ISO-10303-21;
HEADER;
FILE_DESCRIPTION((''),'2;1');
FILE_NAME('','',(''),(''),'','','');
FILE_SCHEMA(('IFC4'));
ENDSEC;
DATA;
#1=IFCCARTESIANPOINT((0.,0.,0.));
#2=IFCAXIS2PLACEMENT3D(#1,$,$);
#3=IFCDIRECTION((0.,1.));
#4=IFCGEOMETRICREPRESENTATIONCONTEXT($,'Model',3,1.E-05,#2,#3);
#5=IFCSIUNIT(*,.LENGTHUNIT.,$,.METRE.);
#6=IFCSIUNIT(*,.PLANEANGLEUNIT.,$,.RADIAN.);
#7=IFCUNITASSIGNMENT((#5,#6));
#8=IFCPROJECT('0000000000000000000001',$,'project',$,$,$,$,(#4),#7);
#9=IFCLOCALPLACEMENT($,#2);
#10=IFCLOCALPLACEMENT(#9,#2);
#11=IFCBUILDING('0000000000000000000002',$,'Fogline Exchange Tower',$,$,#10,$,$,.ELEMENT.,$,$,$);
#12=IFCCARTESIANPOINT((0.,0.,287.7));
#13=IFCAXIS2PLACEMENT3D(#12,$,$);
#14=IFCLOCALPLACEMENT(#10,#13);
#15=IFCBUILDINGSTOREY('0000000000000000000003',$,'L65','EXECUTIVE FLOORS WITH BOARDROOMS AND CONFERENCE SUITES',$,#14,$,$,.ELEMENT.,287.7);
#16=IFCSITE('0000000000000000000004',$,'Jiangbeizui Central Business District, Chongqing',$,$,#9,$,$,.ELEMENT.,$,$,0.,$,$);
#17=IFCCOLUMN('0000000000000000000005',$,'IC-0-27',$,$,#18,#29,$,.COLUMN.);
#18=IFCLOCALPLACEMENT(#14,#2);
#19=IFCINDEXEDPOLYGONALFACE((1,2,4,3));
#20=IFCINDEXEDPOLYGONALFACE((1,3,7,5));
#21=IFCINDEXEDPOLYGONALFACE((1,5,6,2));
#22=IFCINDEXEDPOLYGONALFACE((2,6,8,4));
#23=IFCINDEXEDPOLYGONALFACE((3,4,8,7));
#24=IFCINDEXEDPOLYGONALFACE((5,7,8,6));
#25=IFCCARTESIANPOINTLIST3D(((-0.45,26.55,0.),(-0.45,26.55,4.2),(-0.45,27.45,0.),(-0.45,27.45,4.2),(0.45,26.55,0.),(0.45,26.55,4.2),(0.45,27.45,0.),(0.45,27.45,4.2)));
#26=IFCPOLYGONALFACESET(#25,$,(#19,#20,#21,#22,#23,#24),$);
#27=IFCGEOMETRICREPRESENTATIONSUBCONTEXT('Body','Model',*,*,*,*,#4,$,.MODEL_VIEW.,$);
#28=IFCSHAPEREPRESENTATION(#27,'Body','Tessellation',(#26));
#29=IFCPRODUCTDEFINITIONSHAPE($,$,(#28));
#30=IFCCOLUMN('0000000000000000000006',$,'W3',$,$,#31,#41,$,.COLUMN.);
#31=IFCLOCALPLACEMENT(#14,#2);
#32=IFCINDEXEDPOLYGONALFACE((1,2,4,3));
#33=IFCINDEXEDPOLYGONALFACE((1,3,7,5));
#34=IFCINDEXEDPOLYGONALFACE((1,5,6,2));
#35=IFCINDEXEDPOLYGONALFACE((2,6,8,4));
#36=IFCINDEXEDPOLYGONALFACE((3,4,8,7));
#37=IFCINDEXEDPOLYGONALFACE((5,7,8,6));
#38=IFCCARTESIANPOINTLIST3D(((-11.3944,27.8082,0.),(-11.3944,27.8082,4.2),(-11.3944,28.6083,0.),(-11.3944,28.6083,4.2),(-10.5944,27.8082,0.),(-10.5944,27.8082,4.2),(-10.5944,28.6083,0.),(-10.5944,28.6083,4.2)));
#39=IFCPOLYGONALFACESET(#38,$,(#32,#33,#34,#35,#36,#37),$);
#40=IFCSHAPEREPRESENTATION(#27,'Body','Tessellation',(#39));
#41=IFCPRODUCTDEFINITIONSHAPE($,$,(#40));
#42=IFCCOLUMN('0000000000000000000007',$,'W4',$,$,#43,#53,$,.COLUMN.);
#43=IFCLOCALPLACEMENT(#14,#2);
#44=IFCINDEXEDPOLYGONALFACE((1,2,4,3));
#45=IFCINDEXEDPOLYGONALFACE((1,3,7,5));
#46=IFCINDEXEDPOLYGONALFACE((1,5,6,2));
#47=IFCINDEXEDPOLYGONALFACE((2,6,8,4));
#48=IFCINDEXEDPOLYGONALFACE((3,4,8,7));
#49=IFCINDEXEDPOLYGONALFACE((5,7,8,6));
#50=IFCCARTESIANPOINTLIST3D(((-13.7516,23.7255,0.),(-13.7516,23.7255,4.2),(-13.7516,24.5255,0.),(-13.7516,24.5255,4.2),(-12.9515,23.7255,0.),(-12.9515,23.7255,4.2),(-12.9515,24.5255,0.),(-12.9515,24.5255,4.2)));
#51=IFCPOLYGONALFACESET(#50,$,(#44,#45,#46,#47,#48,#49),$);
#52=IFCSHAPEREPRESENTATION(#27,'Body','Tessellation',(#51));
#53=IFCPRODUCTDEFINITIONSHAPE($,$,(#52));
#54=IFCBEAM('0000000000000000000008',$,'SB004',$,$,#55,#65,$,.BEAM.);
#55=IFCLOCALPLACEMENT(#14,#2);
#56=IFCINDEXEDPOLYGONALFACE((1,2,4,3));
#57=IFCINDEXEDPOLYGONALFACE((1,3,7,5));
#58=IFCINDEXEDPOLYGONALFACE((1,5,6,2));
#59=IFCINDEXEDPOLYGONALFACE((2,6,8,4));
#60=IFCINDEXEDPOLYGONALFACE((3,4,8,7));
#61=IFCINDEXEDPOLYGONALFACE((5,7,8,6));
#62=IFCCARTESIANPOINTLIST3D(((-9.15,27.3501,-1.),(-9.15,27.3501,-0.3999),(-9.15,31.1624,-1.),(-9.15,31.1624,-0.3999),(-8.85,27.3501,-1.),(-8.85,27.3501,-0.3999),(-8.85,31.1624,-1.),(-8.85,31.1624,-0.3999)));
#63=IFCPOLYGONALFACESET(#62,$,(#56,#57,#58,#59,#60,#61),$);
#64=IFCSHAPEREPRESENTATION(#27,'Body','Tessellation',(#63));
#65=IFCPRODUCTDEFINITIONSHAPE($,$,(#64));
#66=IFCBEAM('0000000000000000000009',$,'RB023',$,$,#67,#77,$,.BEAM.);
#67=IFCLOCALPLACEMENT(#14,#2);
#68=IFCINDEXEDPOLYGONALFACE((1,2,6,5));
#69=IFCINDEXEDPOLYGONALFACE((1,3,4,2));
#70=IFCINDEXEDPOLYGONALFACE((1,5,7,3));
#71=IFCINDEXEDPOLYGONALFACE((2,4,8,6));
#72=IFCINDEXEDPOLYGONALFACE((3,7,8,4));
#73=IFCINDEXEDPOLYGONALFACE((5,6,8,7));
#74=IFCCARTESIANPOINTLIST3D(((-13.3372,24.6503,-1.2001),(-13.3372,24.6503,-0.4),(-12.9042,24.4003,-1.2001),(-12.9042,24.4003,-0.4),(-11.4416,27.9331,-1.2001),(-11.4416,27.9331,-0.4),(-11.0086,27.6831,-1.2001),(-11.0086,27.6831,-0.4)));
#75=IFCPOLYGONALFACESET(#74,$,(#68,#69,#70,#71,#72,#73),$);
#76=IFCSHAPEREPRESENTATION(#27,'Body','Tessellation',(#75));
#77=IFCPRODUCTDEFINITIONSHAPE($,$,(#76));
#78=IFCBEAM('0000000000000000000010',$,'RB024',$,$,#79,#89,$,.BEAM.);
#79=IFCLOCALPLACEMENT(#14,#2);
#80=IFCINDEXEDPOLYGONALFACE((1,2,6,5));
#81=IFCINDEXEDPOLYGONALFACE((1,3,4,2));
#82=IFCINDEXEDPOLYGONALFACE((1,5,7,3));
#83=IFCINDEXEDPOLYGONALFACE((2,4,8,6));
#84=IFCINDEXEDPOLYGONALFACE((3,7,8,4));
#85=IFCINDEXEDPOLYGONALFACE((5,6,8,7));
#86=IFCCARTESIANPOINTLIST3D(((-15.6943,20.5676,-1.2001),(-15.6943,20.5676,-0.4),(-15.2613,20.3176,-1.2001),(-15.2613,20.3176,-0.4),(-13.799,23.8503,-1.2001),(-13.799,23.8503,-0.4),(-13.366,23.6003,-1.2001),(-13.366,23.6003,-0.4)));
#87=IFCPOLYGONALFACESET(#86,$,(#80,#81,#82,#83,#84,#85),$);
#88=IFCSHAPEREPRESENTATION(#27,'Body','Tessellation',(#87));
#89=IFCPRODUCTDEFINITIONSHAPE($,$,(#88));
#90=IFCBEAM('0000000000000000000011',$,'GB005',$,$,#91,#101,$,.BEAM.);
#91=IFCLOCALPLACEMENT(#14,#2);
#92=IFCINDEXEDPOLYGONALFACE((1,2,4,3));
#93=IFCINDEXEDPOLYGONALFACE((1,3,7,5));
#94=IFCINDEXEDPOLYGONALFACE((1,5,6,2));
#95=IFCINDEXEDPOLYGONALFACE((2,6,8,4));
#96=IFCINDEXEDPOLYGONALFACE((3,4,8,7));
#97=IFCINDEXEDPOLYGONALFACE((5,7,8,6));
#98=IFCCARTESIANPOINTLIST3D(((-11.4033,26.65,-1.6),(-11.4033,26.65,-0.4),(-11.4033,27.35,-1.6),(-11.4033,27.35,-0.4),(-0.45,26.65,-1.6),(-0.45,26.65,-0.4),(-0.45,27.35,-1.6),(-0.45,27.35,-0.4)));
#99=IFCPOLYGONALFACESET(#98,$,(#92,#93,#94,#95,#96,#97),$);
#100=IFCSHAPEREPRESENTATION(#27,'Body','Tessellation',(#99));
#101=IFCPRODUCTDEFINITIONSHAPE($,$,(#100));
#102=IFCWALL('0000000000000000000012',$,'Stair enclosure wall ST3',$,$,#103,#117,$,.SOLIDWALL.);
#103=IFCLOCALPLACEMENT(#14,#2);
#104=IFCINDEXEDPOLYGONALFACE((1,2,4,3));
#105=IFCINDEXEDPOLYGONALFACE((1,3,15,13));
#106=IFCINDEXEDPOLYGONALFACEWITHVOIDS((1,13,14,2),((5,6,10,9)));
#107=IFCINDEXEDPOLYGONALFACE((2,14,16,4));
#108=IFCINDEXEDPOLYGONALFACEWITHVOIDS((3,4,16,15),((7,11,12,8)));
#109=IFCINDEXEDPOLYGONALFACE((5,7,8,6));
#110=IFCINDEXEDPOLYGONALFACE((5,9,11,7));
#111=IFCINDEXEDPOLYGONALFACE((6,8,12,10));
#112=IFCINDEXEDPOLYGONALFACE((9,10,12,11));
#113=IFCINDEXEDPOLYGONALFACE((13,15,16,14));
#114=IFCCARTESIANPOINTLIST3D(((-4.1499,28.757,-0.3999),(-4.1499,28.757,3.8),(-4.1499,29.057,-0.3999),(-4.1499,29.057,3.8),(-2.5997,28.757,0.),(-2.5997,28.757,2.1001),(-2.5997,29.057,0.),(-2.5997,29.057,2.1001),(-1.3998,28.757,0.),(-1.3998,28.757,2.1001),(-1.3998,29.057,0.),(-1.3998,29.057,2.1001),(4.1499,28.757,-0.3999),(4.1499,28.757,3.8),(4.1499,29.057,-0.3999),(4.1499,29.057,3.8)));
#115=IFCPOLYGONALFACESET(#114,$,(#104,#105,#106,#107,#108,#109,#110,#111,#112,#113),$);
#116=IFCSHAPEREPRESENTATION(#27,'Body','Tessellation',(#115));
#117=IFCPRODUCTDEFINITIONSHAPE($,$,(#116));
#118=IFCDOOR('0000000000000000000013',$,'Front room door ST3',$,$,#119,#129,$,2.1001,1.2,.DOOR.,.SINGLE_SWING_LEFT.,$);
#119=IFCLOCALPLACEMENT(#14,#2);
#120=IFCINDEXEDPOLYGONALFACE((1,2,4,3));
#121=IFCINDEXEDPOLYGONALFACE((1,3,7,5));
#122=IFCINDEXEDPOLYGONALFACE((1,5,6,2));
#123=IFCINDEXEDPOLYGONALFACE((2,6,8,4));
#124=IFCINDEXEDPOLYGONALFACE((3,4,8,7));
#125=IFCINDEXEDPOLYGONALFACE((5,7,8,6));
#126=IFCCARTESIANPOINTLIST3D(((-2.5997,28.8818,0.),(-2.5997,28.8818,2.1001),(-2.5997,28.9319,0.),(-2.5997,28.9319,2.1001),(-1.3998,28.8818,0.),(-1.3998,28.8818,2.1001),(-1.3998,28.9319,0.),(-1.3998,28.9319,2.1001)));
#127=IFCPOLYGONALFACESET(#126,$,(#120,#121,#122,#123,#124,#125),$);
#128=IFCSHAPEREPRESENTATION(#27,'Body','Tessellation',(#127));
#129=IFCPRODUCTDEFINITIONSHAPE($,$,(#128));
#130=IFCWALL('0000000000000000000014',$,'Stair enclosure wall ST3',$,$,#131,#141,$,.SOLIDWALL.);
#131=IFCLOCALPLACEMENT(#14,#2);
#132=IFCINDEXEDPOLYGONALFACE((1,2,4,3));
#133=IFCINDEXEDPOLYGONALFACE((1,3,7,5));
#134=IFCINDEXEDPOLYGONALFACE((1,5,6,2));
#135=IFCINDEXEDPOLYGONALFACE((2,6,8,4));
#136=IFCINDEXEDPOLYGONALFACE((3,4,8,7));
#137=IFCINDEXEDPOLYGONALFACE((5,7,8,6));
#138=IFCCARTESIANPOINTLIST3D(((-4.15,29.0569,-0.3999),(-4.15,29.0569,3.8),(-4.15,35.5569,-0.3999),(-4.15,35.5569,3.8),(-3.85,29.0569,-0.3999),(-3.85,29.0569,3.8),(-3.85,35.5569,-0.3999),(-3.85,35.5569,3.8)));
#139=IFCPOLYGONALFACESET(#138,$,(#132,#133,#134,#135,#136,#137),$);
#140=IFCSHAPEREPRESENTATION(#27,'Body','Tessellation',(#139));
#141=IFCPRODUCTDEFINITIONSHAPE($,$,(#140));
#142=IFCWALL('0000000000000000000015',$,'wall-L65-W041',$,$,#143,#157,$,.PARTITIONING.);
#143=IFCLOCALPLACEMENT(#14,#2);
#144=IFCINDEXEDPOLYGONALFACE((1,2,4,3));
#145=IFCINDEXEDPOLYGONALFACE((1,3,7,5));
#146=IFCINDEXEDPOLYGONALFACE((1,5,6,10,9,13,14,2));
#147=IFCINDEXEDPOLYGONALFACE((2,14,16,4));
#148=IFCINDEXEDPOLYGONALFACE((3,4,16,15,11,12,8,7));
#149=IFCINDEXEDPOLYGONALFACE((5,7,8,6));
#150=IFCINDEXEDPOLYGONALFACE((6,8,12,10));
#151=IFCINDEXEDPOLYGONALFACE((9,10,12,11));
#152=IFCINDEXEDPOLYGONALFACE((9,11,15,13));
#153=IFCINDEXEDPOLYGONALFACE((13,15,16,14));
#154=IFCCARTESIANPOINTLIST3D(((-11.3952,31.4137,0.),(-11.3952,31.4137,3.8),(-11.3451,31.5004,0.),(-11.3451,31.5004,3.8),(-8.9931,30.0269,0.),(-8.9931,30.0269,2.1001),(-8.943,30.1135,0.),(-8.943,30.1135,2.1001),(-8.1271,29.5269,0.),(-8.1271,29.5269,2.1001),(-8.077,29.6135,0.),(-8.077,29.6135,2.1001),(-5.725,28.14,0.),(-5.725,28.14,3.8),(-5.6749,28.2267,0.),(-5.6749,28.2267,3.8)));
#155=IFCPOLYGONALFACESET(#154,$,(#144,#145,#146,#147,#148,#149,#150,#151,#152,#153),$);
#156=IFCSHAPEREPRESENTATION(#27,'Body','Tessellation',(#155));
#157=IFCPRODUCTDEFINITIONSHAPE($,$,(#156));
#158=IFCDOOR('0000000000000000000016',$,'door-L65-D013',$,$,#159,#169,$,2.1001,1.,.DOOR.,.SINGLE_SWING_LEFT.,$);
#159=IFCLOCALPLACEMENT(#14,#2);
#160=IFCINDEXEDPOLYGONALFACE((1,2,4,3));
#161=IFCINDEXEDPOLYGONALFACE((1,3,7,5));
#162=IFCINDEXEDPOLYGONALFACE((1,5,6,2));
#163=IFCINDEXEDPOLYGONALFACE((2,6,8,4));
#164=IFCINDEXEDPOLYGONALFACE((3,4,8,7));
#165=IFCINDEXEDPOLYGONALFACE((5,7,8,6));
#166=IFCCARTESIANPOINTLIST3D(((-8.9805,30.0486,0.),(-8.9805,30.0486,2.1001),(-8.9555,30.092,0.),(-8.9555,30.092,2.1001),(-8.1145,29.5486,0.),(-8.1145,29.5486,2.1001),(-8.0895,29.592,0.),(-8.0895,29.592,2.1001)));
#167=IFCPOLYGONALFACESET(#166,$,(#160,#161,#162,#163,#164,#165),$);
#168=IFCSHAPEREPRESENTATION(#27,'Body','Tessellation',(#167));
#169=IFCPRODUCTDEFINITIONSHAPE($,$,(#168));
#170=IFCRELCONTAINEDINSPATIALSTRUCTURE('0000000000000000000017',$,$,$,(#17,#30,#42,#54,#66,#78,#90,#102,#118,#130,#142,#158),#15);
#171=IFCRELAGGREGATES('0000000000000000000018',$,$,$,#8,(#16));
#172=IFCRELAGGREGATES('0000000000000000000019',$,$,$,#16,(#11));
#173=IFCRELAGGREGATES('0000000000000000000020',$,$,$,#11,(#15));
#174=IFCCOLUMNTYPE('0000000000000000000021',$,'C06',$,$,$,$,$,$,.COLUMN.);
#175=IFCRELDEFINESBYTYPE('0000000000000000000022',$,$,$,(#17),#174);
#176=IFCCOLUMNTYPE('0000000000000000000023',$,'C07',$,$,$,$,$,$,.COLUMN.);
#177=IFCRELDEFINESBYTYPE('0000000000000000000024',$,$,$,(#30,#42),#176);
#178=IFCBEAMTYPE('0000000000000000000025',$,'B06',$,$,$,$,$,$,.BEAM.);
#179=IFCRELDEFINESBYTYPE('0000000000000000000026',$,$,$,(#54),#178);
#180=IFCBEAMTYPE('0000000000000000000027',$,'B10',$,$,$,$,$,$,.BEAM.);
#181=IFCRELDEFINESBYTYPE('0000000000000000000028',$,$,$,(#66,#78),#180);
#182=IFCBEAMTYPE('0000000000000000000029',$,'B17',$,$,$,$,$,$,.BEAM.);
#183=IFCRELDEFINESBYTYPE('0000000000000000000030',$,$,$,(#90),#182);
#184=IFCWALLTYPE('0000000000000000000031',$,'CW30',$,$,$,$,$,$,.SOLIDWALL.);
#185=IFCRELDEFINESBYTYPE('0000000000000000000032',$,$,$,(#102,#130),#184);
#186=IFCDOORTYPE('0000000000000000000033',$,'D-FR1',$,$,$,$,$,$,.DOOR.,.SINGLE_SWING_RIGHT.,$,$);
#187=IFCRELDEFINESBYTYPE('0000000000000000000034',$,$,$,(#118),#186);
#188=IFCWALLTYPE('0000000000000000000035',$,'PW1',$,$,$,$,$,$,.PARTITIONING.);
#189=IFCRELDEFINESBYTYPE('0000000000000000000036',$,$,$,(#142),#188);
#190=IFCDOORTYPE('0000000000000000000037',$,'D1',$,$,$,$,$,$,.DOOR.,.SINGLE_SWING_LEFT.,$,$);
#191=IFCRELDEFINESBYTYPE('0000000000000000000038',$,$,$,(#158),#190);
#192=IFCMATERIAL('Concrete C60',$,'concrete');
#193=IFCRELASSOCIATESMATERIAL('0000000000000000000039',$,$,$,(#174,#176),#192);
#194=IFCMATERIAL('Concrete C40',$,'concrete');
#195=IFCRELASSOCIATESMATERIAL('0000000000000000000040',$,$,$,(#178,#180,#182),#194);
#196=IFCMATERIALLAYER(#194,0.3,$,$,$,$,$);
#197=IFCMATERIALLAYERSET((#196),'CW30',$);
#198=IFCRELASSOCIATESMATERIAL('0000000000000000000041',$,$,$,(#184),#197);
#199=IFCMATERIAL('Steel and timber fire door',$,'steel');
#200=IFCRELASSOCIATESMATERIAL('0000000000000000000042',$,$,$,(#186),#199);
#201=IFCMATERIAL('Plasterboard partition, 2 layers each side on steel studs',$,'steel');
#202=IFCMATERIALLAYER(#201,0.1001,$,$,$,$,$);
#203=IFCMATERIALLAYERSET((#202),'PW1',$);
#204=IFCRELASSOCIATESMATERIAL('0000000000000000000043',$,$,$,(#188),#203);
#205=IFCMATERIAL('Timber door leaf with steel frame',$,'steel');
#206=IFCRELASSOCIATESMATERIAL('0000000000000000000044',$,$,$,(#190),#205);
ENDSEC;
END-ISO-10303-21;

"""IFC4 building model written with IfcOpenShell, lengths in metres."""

from ifc_helpers import new_model, si_unit, direction, frame, frame_2d, origin, origin_2d, place, context, subcontext, project, spatial, rectangle, extrude, material, layer, layer_set, material_profile, profile_set, type_object, element, fill, save


model = new_model("IFC4")

# Units and contexts
model_context = context("Model", 3, precision=1e-05, world=origin(), true_north=direction((0.0, 1.0)))
body_context = subcontext(model_context, "Body", "Model", "MODEL_VIEW")
ifc_project = project(units=[si_unit("LENGTHUNIT", "METRE"), si_unit("PLANEANGLEUNIT", "RADIAN")], contexts=[model_context])

# Site, building, storey
site_placement = place(None, origin())
site = spatial("IfcSite", under=ifc_project, at=site_placement, Name="Jiangbeizui Central Business District, Chongqing", CompositionType="ELEMENT", RefElevation=0.0)
building_placement = place(site_placement, origin())
building = spatial("IfcBuilding", under=site, at=building_placement, Name="Fogline Exchange Tower", CompositionType="ELEMENT")
storey_placement = place(building_placement, frame((0.0, 0.0, 287.7)))
storey = spatial("IfcBuildingStorey", under=building, at=storey_placement, Name="L65", Description="EXECUTIVE FLOORS WITH BOARDROOMS AND CONFERENCE SUITES", CompositionType="ELEMENT", Elevation=287.7)

# Columns
ifc_material_1 = material(Name="Concrete C60", Category="concrete")
ifc_material_profile_1 = material_profile(ifc_material_1, rectangle(XDim=0.8999, YDim=0.8999, at=origin_2d()), Name="RC 900x900")
ifc_profile_set_1 = profile_set([ifc_material_profile_1], Name="Concrete C60")
column_type_1 = type_object("IfcColumnType", Name="C06", PredefinedType="COLUMN", material=ifc_profile_set_1)
column_placement = place(storey_placement, frame((0.0, 27.0, 0.0), z_axis=(0.0, 0.0, 1.0), x_axis=(1.0, 0.0, 0.0)))
element("IfcColumn", 1, at=column_placement, inside=storey, type_object=column_type_1, Name="IC-0-27", PredefinedType="COLUMN", context=body_context, shape_type="SweptSolid", body=[
    extrude(rectangle(XDim=0.8999, YDim=0.8999, at=origin_2d()), origin(), (0.0, 0.0, 1.0), 4.2),
])
ifc_material_profile_2 = material_profile(ifc_material_1, rectangle(XDim=0.8, YDim=0.8, at=origin_2d()), Name="RC 800x800")
ifc_profile_set_2 = profile_set([ifc_material_profile_2], Name="Concrete C60")
column_type_2 = type_object("IfcColumnType", Name="C07", PredefinedType="COLUMN", material=ifc_profile_set_2)
for number, where, z_axis, x_axis, name in (
    (2, (-10.9944, 28.2083, 0.0), (0.0, 0.0, 1.0), (1.0, 0.0, 0.0), "W3"),
    (3, (-13.3516, 24.1255, 0.0), (0.0, 0.0, 1.0), (1.0, 0.0, 0.0), "W4"),
):
    element("IfcColumn", number, at=place(storey_placement, frame(where, z_axis=z_axis, x_axis=x_axis)), inside=storey, type_object=column_type_2, Name=name, PredefinedType="COLUMN", context=body_context, shape_type="SweptSolid", body=[
        extrude(rectangle(XDim=0.8, YDim=0.8, at=origin_2d()), origin(), (0.0, 0.0, 1.0), 4.2),
    ])

# Beams
ifc_material_2 = material(Name="Concrete C40", Category="concrete")
ifc_material_profile_3 = material_profile(ifc_material_2, rectangle(XDim=0.3, YDim=0.6001, at=origin_2d()), Name="RC 300x600")
ifc_profile_set_3 = profile_set([ifc_material_profile_3], Name="Concrete C40")
beam_type_1 = type_object("IfcBeamType", Name="B06", PredefinedType="BEAM", material=ifc_profile_set_3)
beam_1_placement = place(storey_placement, frame((-9.0, 27.3501, -0.7), z_axis=(0.0, 1.0, 0.0), x_axis=(-1.0, 0.0, 0.0)))
element("IfcBeam", 4, at=beam_1_placement, inside=storey, type_object=beam_type_1, Name="SB004", PredefinedType="BEAM", context=body_context, shape_type="SweptSolid", body=[
    extrude(rectangle(XDim=0.3, YDim=0.6001, at=origin_2d()), origin(), (0.0, 0.0, 1.0), 3.8123),
])
ifc_material_profile_4 = material_profile(ifc_material_2, rectangle(XDim=0.5, YDim=0.8, at=origin_2d()), Name="RC 500x800")
ifc_profile_set_4 = profile_set([ifc_material_profile_4], Name="Concrete C40")
beam_type_2 = type_object("IfcBeamType", Name="B10", PredefinedType="BEAM", material=ifc_profile_set_4)
beam_2_placement = place(storey_placement, frame((-11.2251, 27.8081, -0.8), z_axis=(-0.500046, -0.865999, 0.0), x_axis=(0.865999, -0.500046, 0.0)))
element("IfcBeam", 5, at=beam_2_placement, inside=storey, type_object=beam_type_2, Name="RB023", PredefinedType="BEAM", context=body_context, shape_type="SweptSolid", body=[
    extrude(rectangle(XDim=0.5, YDim=0.8, at=origin_2d()), origin(), (0.0, 0.0, 1.0), 3.7908),
])
beam_3_placement = place(storey_placement, frame((-13.5825, 23.7253, -0.8), z_axis=(-0.499998, -0.866027, 0.0), x_axis=(0.866027, -0.499998, 0.0)))
element("IfcBeam", 6, at=beam_3_placement, inside=storey, type_object=beam_type_2, Name="RB024", PredefinedType="BEAM", context=body_context, shape_type="SweptSolid", body=[
    extrude(rectangle(XDim=0.5, YDim=0.8, at=origin_2d()), origin(), (0.0, 0.0, 1.0), 3.7905),
])
ifc_material_profile_5 = material_profile(ifc_material_2, rectangle(XDim=0.7, YDim=1.2, at=origin_2d()), Name="RC 700x1200")
ifc_profile_set_5 = profile_set([ifc_material_profile_5], Name="Concrete C40")
beam_type_3 = type_object("IfcBeamType", Name="B17", PredefinedType="BEAM", material=ifc_profile_set_5)
beam_4_placement = place(storey_placement, frame((-11.4033, 27.0, -1.0), z_axis=(1.0, 0.0, 0.0), x_axis=(0.0, 1.0, 0.0)))
element("IfcBeam", 7, at=beam_4_placement, inside=storey, type_object=beam_type_3, Name="GB005", PredefinedType="BEAM", context=body_context, shape_type="SweptSolid", body=[
    extrude(rectangle(XDim=0.7, YDim=1.2, at=origin_2d()), origin(), (0.0, 0.0, 1.0), 10.9534),
])

# Wall, opening, door
ifc_layer_1 = layer(ifc_material_2, 0.3)
ifc_layer_set_1 = layer_set([ifc_layer_1], Name="CW30")
wall_type_1 = type_object("IfcWallType", Name="CW30", PredefinedType="SOLIDWALL", material=ifc_layer_set_1)
wall_1_placement = place(storey_placement, frame((-4.1499, 28.907, -0.3999), z_axis=(0.0, 0.0, 1.0), x_axis=(1.0, 0.0, 0.0)))
wall_1 = element("IfcWall", 8, at=wall_1_placement, inside=storey, type_object=wall_type_1, Name="Stair enclosure wall ST3", PredefinedType="SOLIDWALL", context=body_context, shape_type="SweptSolid", body=[
    extrude(rectangle(XDim=8.2998, YDim=0.3, at=frame_2d((4.1499, 0.0))), origin(), (0.0, 0.0, 1.0), 4.2),
])
opening_1_placement = place(wall_1_placement, frame((1.55, 0.0, 0.3999)))
opening_1 = element("IfcOpeningElement", 9, at=opening_1_placement, cuts=wall_1, PredefinedType="OPENING", context=body_context, shape_type="SweptSolid", body=[
    extrude(rectangle(XDim=1.2, YDim=2.1001, at=frame_2d((0.6001, 1.05))), frame((0.0, 0.1602, 0.0), z_axis=(0.0, -1.0, 0.0), x_axis=(1.0, 0.0, 0.0)), (0.0, 0.0, 1.0), 0.3201),
])
ifc_material_3 = material(Name="Steel and timber fire door", Category="steel")
door_type_1 = type_object("IfcDoorType", Name="D-FR1", OperationType="SINGLE_SWING_RIGHT", PredefinedType="DOOR", material=ifc_material_3)
door_1_placement = place(opening_1_placement, origin())
door_1 = element("IfcDoor", 10, at=door_1_placement, inside=storey, type_object=door_type_1, Name="Front room door ST3", OperationType="SINGLE_SWING_LEFT", OverallHeight=2.1001, OverallWidth=1.2, PredefinedType="DOOR", context=body_context, shape_type="SweptSolid", body=[
    extrude(rectangle(XDim=1.2, YDim=2.1001, at=frame_2d((0.6001, 1.05))), frame((0.0, 0.0249, 0.0), z_axis=(0.0, -1.0, 0.0), x_axis=(1.0, 0.0, 0.0)), (0.0, 0.0, 1.0), 0.05),
])
fill(opening_1, door_1)

# Wall
wall_2_placement = place(storey_placement, frame((-4.0, 29.0569, -0.3999), z_axis=(0.0, 0.0, 1.0), x_axis=(0.0, 1.0, 0.0)))
element("IfcWall", 11, at=wall_2_placement, inside=storey, type_object=wall_type_1, Name="Stair enclosure wall ST3", PredefinedType="SOLIDWALL", context=body_context, shape_type="SweptSolid", body=[
    extrude(rectangle(XDim=6.5, YDim=0.3, at=frame_2d((3.25, 0.0))), origin(), (0.0, 0.0, 1.0), 4.2),
])

# Wall, opening, door
ifc_material_4 = material(Name="Plasterboard partition, 2 layers each side on steel studs", Category="steel")
ifc_layer_2 = layer(ifc_material_4, 0.1001)
ifc_layer_set_2 = layer_set([ifc_layer_2], Name="PW1")
wall_type_2 = type_object("IfcWallType", Name="PW1", PredefinedType="PARTITIONING", material=ifc_layer_set_2)
wall_3_placement = place(storey_placement, frame((-5.7, 28.1833, 0.0), z_axis=(0.0, 0.0, 1.0), x_axis=(-0.866025, 0.500001, 0.0)))
wall_3 = element("IfcWall", 12, at=wall_3_placement, inside=storey, type_object=wall_type_2, Name="wall-L65-W041", PredefinedType="PARTITIONING", context=body_context, shape_type="SweptSolid", body=[
    extrude(rectangle(XDim=6.5474, YDim=0.1001, at=frame_2d((3.2737, 0.0))), origin(), (0.0, 0.0, 1.0), 3.8),
])
opening_2_placement = place(wall_3_placement, frame((2.7737, 0.0, 0.0)))
opening_2 = element("IfcOpeningElement", 13, at=opening_2_placement, cuts=wall_3, PredefinedType="OPENING", context=body_context, shape_type="SweptSolid", body=[
    extrude(rectangle(XDim=1.0, YDim=2.1001, at=frame_2d((0.5, 1.05))), frame((0.0, 0.0601, 0.0), z_axis=(0.0, -1.0, 0.0), x_axis=(1.0, 0.0, 0.0)), (0.0, 0.0, 1.0), 0.1201),
])
ifc_material_5 = material(Name="Timber door leaf with steel frame", Category="steel")
door_type_2 = type_object("IfcDoorType", Name="D1", OperationType="SINGLE_SWING_LEFT", PredefinedType="DOOR", material=ifc_material_5)
door_2_placement = place(opening_2_placement, origin())
door_2 = element("IfcDoor", 14, at=door_2_placement, inside=storey, type_object=door_type_2, Name="door-L65-D013", OperationType="SINGLE_SWING_LEFT", OverallHeight=2.1001, OverallWidth=1.0, PredefinedType="DOOR", context=body_context, shape_type="SweptSolid", body=[
    extrude(rectangle(XDim=1.0, YDim=2.1001, at=frame_2d((0.5, 1.05))), frame((0.0, 0.0249, 0.0), z_axis=(0.0, -1.0, 0.0), x_axis=(1.0, 0.0, 0.0)), (0.0, 0.0, 1.0), 0.05),
])
fill(opening_2, door_2)

save(model, "model.ifc")
